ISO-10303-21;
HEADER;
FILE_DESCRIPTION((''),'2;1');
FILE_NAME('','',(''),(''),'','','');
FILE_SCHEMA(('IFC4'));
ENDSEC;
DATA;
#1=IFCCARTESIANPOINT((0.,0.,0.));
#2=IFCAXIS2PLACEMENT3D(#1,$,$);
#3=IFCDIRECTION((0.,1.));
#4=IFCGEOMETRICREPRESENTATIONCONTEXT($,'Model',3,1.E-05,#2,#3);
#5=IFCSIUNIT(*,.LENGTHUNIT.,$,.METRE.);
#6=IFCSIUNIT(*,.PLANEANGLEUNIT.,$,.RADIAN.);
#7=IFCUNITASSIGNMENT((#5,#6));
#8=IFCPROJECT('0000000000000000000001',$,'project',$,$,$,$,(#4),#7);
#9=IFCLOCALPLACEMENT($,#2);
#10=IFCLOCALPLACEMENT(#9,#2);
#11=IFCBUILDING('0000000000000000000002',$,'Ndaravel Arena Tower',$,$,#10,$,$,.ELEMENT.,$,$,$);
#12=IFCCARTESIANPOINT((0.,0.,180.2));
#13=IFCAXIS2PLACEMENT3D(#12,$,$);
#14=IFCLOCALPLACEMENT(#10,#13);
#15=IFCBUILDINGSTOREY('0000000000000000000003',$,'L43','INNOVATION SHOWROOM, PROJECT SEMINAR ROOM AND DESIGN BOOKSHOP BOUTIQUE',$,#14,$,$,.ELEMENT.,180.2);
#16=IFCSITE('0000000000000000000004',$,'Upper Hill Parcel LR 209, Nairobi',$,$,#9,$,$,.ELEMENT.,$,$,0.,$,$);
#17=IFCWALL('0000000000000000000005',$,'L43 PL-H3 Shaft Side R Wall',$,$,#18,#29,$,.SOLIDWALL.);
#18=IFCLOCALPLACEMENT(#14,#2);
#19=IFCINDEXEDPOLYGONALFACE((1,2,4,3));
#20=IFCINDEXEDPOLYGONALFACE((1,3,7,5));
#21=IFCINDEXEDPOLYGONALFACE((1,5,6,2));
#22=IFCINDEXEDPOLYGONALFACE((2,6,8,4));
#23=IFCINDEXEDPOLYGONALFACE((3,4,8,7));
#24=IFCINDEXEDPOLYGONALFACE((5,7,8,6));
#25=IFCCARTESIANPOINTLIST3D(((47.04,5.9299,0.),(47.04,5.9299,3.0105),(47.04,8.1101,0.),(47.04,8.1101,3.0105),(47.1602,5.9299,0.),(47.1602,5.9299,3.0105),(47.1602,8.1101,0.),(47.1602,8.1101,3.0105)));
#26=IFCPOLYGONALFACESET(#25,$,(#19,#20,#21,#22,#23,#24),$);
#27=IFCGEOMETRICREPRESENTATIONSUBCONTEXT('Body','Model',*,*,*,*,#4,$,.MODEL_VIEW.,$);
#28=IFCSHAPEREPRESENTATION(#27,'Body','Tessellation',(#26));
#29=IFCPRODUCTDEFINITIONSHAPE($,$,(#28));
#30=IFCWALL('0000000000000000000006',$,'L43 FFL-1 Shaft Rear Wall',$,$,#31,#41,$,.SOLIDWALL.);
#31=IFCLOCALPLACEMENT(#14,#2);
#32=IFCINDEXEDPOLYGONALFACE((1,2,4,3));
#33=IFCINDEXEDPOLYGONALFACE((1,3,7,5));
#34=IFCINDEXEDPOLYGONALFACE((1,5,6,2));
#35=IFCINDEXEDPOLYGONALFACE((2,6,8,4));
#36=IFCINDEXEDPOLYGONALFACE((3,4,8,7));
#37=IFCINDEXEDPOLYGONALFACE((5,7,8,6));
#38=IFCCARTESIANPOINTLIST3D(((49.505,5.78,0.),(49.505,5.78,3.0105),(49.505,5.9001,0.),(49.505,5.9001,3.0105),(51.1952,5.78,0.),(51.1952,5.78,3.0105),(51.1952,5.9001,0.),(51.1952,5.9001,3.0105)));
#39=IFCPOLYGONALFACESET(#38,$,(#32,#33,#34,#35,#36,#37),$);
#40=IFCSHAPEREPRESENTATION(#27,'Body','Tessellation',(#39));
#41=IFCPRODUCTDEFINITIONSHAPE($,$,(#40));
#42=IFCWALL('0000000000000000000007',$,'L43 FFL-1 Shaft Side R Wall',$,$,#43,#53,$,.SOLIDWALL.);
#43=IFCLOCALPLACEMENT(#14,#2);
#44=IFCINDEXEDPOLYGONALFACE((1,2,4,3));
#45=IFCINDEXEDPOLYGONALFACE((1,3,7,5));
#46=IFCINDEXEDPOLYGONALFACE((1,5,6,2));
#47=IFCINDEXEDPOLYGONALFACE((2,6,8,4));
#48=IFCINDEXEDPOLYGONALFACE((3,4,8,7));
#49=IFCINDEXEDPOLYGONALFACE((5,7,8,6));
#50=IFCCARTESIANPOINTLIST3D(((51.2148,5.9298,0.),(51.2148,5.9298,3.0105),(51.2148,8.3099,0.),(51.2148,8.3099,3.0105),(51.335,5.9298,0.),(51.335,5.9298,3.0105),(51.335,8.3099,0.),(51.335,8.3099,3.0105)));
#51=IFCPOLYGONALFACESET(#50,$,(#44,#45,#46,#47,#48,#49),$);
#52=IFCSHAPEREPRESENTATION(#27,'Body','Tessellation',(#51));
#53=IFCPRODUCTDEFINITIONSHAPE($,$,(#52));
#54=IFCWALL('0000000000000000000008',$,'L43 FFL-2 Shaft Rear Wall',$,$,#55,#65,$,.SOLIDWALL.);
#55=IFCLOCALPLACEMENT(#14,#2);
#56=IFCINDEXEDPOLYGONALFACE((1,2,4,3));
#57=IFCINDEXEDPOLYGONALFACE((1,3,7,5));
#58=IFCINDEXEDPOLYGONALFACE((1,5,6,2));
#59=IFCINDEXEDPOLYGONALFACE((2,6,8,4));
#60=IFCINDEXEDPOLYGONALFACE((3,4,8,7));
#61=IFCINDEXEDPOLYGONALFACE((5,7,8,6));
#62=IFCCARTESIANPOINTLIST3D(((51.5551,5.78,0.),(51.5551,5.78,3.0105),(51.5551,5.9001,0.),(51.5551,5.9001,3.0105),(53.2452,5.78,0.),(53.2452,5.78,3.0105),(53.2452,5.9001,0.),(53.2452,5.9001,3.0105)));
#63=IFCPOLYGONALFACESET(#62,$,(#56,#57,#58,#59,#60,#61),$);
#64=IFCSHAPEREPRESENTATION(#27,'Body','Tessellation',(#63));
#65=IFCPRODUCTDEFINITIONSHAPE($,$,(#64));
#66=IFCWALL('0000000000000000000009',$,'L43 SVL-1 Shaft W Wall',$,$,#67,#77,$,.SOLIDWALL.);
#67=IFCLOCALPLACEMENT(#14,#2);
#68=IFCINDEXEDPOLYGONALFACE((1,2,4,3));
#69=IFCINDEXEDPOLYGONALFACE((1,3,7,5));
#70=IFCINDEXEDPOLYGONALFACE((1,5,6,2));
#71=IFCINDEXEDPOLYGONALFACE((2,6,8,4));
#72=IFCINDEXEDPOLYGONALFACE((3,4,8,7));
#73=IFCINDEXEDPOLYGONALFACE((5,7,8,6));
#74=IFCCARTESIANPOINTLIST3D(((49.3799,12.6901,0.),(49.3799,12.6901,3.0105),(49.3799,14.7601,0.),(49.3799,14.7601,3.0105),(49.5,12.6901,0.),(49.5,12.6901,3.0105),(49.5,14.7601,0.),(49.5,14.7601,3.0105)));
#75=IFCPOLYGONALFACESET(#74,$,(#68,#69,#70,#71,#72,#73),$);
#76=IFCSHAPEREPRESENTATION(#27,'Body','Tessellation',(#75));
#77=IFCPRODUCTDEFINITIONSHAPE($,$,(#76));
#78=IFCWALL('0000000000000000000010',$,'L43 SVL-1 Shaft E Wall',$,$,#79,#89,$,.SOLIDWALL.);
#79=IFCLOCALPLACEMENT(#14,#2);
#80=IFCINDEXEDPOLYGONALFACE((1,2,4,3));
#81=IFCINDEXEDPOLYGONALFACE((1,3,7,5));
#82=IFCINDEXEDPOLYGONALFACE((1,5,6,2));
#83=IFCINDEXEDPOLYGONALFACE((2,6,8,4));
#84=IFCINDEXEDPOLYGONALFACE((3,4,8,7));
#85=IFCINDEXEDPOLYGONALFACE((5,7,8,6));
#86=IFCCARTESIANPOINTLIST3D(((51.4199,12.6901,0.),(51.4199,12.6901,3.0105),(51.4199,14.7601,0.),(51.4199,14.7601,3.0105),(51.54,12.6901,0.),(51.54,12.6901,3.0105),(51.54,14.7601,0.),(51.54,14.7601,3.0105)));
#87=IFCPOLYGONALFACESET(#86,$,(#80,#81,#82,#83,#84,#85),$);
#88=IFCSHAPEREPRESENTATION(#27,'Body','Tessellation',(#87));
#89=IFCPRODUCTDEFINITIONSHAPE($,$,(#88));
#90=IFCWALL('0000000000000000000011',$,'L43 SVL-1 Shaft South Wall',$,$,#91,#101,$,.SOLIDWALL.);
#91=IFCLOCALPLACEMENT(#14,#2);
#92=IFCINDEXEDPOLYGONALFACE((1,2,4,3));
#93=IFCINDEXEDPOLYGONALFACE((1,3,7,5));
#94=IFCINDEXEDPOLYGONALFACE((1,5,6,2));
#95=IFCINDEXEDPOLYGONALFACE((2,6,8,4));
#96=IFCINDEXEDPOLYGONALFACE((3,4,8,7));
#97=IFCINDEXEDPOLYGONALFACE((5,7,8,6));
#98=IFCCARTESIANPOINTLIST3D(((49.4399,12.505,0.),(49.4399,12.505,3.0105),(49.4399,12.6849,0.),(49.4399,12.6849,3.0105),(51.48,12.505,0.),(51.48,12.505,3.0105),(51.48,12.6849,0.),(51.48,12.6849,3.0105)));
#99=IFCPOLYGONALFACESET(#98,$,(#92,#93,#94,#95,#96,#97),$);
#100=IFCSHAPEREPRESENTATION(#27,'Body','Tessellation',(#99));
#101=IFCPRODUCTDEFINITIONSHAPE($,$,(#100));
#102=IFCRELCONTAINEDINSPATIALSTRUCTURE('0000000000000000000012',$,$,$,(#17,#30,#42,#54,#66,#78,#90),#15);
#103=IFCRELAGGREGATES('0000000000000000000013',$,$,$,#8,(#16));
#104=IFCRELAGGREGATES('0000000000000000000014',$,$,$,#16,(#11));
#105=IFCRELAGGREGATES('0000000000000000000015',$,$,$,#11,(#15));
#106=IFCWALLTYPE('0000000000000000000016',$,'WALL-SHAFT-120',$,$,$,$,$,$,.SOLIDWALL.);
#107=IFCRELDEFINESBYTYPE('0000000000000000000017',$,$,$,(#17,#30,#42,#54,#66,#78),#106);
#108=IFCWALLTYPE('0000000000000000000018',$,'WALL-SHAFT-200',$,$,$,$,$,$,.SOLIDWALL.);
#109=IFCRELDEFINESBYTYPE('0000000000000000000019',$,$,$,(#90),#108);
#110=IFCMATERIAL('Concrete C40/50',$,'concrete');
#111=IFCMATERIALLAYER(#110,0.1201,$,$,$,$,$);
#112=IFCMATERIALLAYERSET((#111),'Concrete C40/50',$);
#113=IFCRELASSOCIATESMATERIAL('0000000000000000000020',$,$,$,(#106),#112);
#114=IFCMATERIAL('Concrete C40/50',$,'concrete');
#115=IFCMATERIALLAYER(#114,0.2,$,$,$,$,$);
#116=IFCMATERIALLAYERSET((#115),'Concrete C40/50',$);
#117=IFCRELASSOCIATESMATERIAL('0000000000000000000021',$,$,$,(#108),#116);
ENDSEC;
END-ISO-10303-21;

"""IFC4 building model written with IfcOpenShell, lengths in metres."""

from ifc_helpers import new_model, si_unit, direction, frame, frame_2d, origin, place, context, subcontext, project, spatial, rectangle, extrude, material, layer, layer_set, type_object, element, save


model = new_model("IFC4")

# Units and contexts
model_context = context("Model", 3, precision=1e-05, world=origin(), true_north=direction((0.0, 1.0)))
body_context = subcontext(model_context, "Body", "Model", "MODEL_VIEW")
ifc_project = project(units=[si_unit("LENGTHUNIT", "METRE"), si_unit("PLANEANGLEUNIT", "RADIAN")], contexts=[model_context])

# Site, building, storey
site_placement = place(None, origin())
site = spatial("IfcSite", under=ifc_project, at=site_placement, Name="Upper Hill Parcel LR 209, Nairobi", CompositionType="ELEMENT", RefElevation=0.0)
building_placement = place(site_placement, origin())
building = spatial("IfcBuilding", under=site, at=building_placement, Name="Ndaravel Arena Tower", CompositionType="ELEMENT")
storey_placement = place(building_placement, frame((0.0, 0.0, 180.2)))
storey = spatial("IfcBuildingStorey", under=building, at=storey_placement, Name="L43", Description="INNOVATION SHOWROOM, PROJECT SEMINAR ROOM AND DESIGN BOOKSHOP BOUTIQUE", CompositionType="ELEMENT", Elevation=180.2)

# Walls
ifc_material_1 = material(Name="Concrete C40/50", Category="concrete")
ifc_layer_1 = layer(ifc_material_1, 0.1201)
ifc_layer_set_1 = layer_set([ifc_layer_1], Name="Concrete C40/50")
wall_type_1 = type_object("IfcWallType", Name="WALL-SHAFT-120", PredefinedType="SOLIDWALL", material=ifc_layer_set_1)
wall_1_placement = place(storey_placement, frame((47.1001, 5.9299, 0.0), z_axis=(0.0, 0.0, 1.0), x_axis=(0.0, 1.0, 0.0)))
element("IfcWall", 1, at=wall_1_placement, inside=storey, type_object=wall_type_1, Name="L43 PL-H3 Shaft Side R Wall", PredefinedType="SOLIDWALL", context=body_context, shape_type="SweptSolid", body=[
    extrude(rectangle(XDim=2.1802, YDim=0.1201, at=frame_2d((1.0901, 0.0))), origin(), (0.0, 0.0, 1.0), 3.0105),
])
wall_2_placement = place(storey_placement, frame((49.5049, 5.8401, 0.0), z_axis=(0.0, 0.0, 1.0), x_axis=(1.0, 0.0, 0.0)))
element("IfcWall", 2, at=wall_2_placement, inside=storey, type_object=wall_type_1, Name="L43 FFL-1 Shaft Rear Wall", PredefinedType="SOLIDWALL", context=body_context, shape_type="SweptSolid", body=[
    extrude(rectangle(XDim=1.6902, YDim=0.1201, at=frame_2d((0.8452, 0.0))), origin(), (0.0, 0.0, 1.0), 3.0105),
])
wall_3_placement = place(storey_placement, frame((51.2749, 5.9299, 0.0), z_axis=(0.0, 0.0, 1.0), x_axis=(0.0, 1.0, 0.0)))
element("IfcWall", 3, at=wall_3_placement, inside=storey, type_object=wall_type_1, Name="L43 FFL-1 Shaft Side R Wall", PredefinedType="SOLIDWALL", context=body_context, shape_type="SweptSolid", body=[
    extrude(rectangle(XDim=2.3801, YDim=0.1201, at=frame_2d((1.1899, 0.0))), origin(), (0.0, 0.0, 1.0), 3.0105),
])
wall_4_placement = place(storey_placement, frame((51.5549, 5.8401, 0.0), z_axis=(0.0, 0.0, 1.0), x_axis=(1.0, 0.0, 0.0)))
element("IfcWall", 4, at=wall_4_placement, inside=storey, type_object=wall_type_1, Name="L43 FFL-2 Shaft Rear Wall", PredefinedType="SOLIDWALL", context=body_context, shape_type="SweptSolid", body=[
    extrude(rectangle(XDim=1.6902, YDim=0.1201, at=frame_2d((0.8452, 0.0))), origin(), (0.0, 0.0, 1.0), 3.0105),
])
for number, where, z_axis, x_axis, name in (
    (5, (49.4399, 12.6899, 0.0), (0.0, 0.0, 1.0), (0.0, 1.0, 0.0), "L43 SVL-1 Shaft W Wall"),
    (6, (51.48, 12.6899, 0.0), (0.0, 0.0, 1.0), (0.0, 1.0, 0.0), "L43 SVL-1 Shaft E Wall"),
):
    element("IfcWall", number, at=place(storey_placement, frame(where, z_axis=z_axis, x_axis=x_axis)), inside=storey, type_object=wall_type_1, Name=name, PredefinedType="SOLIDWALL", context=body_context, shape_type="SweptSolid", body=[
        extrude(rectangle(XDim=2.0701, YDim=0.1201, at=frame_2d((1.0352, 0.0))), origin(), (0.0, 0.0, 1.0), 3.0105),
    ])

# Shared definitions
ifc_material_2 = material(Name="Concrete C40/50", Category="concrete")
ifc_layer_2 = layer(ifc_material_2, 0.2)
ifc_layer_set_2 = layer_set([ifc_layer_2], Name="Concrete C40/50")
wall_type_2 = type_object("IfcWallType", Name="WALL-SHAFT-200", PredefinedType="SOLIDWALL", material=ifc_layer_set_2)

# Wall
wall_5_placement = place(storey_placement, frame((49.4399, 12.595, 0.0), z_axis=(0.0, 0.0, 1.0), x_axis=(1.0, 0.0, 0.0)))
element("IfcWall", 7, at=wall_5_placement, inside=storey, type_object=wall_type_2, Name="L43 SVL-1 Shaft South Wall", PredefinedType="SOLIDWALL", context=body_context, shape_type="SweptSolid", body=[
    extrude(rectangle(XDim=2.04, YDim=0.1799, at=frame_2d((1.02, 0.0))), origin(), (0.0, 0.0, 1.0), 3.0105),
])

save(model, "model.ifc")
